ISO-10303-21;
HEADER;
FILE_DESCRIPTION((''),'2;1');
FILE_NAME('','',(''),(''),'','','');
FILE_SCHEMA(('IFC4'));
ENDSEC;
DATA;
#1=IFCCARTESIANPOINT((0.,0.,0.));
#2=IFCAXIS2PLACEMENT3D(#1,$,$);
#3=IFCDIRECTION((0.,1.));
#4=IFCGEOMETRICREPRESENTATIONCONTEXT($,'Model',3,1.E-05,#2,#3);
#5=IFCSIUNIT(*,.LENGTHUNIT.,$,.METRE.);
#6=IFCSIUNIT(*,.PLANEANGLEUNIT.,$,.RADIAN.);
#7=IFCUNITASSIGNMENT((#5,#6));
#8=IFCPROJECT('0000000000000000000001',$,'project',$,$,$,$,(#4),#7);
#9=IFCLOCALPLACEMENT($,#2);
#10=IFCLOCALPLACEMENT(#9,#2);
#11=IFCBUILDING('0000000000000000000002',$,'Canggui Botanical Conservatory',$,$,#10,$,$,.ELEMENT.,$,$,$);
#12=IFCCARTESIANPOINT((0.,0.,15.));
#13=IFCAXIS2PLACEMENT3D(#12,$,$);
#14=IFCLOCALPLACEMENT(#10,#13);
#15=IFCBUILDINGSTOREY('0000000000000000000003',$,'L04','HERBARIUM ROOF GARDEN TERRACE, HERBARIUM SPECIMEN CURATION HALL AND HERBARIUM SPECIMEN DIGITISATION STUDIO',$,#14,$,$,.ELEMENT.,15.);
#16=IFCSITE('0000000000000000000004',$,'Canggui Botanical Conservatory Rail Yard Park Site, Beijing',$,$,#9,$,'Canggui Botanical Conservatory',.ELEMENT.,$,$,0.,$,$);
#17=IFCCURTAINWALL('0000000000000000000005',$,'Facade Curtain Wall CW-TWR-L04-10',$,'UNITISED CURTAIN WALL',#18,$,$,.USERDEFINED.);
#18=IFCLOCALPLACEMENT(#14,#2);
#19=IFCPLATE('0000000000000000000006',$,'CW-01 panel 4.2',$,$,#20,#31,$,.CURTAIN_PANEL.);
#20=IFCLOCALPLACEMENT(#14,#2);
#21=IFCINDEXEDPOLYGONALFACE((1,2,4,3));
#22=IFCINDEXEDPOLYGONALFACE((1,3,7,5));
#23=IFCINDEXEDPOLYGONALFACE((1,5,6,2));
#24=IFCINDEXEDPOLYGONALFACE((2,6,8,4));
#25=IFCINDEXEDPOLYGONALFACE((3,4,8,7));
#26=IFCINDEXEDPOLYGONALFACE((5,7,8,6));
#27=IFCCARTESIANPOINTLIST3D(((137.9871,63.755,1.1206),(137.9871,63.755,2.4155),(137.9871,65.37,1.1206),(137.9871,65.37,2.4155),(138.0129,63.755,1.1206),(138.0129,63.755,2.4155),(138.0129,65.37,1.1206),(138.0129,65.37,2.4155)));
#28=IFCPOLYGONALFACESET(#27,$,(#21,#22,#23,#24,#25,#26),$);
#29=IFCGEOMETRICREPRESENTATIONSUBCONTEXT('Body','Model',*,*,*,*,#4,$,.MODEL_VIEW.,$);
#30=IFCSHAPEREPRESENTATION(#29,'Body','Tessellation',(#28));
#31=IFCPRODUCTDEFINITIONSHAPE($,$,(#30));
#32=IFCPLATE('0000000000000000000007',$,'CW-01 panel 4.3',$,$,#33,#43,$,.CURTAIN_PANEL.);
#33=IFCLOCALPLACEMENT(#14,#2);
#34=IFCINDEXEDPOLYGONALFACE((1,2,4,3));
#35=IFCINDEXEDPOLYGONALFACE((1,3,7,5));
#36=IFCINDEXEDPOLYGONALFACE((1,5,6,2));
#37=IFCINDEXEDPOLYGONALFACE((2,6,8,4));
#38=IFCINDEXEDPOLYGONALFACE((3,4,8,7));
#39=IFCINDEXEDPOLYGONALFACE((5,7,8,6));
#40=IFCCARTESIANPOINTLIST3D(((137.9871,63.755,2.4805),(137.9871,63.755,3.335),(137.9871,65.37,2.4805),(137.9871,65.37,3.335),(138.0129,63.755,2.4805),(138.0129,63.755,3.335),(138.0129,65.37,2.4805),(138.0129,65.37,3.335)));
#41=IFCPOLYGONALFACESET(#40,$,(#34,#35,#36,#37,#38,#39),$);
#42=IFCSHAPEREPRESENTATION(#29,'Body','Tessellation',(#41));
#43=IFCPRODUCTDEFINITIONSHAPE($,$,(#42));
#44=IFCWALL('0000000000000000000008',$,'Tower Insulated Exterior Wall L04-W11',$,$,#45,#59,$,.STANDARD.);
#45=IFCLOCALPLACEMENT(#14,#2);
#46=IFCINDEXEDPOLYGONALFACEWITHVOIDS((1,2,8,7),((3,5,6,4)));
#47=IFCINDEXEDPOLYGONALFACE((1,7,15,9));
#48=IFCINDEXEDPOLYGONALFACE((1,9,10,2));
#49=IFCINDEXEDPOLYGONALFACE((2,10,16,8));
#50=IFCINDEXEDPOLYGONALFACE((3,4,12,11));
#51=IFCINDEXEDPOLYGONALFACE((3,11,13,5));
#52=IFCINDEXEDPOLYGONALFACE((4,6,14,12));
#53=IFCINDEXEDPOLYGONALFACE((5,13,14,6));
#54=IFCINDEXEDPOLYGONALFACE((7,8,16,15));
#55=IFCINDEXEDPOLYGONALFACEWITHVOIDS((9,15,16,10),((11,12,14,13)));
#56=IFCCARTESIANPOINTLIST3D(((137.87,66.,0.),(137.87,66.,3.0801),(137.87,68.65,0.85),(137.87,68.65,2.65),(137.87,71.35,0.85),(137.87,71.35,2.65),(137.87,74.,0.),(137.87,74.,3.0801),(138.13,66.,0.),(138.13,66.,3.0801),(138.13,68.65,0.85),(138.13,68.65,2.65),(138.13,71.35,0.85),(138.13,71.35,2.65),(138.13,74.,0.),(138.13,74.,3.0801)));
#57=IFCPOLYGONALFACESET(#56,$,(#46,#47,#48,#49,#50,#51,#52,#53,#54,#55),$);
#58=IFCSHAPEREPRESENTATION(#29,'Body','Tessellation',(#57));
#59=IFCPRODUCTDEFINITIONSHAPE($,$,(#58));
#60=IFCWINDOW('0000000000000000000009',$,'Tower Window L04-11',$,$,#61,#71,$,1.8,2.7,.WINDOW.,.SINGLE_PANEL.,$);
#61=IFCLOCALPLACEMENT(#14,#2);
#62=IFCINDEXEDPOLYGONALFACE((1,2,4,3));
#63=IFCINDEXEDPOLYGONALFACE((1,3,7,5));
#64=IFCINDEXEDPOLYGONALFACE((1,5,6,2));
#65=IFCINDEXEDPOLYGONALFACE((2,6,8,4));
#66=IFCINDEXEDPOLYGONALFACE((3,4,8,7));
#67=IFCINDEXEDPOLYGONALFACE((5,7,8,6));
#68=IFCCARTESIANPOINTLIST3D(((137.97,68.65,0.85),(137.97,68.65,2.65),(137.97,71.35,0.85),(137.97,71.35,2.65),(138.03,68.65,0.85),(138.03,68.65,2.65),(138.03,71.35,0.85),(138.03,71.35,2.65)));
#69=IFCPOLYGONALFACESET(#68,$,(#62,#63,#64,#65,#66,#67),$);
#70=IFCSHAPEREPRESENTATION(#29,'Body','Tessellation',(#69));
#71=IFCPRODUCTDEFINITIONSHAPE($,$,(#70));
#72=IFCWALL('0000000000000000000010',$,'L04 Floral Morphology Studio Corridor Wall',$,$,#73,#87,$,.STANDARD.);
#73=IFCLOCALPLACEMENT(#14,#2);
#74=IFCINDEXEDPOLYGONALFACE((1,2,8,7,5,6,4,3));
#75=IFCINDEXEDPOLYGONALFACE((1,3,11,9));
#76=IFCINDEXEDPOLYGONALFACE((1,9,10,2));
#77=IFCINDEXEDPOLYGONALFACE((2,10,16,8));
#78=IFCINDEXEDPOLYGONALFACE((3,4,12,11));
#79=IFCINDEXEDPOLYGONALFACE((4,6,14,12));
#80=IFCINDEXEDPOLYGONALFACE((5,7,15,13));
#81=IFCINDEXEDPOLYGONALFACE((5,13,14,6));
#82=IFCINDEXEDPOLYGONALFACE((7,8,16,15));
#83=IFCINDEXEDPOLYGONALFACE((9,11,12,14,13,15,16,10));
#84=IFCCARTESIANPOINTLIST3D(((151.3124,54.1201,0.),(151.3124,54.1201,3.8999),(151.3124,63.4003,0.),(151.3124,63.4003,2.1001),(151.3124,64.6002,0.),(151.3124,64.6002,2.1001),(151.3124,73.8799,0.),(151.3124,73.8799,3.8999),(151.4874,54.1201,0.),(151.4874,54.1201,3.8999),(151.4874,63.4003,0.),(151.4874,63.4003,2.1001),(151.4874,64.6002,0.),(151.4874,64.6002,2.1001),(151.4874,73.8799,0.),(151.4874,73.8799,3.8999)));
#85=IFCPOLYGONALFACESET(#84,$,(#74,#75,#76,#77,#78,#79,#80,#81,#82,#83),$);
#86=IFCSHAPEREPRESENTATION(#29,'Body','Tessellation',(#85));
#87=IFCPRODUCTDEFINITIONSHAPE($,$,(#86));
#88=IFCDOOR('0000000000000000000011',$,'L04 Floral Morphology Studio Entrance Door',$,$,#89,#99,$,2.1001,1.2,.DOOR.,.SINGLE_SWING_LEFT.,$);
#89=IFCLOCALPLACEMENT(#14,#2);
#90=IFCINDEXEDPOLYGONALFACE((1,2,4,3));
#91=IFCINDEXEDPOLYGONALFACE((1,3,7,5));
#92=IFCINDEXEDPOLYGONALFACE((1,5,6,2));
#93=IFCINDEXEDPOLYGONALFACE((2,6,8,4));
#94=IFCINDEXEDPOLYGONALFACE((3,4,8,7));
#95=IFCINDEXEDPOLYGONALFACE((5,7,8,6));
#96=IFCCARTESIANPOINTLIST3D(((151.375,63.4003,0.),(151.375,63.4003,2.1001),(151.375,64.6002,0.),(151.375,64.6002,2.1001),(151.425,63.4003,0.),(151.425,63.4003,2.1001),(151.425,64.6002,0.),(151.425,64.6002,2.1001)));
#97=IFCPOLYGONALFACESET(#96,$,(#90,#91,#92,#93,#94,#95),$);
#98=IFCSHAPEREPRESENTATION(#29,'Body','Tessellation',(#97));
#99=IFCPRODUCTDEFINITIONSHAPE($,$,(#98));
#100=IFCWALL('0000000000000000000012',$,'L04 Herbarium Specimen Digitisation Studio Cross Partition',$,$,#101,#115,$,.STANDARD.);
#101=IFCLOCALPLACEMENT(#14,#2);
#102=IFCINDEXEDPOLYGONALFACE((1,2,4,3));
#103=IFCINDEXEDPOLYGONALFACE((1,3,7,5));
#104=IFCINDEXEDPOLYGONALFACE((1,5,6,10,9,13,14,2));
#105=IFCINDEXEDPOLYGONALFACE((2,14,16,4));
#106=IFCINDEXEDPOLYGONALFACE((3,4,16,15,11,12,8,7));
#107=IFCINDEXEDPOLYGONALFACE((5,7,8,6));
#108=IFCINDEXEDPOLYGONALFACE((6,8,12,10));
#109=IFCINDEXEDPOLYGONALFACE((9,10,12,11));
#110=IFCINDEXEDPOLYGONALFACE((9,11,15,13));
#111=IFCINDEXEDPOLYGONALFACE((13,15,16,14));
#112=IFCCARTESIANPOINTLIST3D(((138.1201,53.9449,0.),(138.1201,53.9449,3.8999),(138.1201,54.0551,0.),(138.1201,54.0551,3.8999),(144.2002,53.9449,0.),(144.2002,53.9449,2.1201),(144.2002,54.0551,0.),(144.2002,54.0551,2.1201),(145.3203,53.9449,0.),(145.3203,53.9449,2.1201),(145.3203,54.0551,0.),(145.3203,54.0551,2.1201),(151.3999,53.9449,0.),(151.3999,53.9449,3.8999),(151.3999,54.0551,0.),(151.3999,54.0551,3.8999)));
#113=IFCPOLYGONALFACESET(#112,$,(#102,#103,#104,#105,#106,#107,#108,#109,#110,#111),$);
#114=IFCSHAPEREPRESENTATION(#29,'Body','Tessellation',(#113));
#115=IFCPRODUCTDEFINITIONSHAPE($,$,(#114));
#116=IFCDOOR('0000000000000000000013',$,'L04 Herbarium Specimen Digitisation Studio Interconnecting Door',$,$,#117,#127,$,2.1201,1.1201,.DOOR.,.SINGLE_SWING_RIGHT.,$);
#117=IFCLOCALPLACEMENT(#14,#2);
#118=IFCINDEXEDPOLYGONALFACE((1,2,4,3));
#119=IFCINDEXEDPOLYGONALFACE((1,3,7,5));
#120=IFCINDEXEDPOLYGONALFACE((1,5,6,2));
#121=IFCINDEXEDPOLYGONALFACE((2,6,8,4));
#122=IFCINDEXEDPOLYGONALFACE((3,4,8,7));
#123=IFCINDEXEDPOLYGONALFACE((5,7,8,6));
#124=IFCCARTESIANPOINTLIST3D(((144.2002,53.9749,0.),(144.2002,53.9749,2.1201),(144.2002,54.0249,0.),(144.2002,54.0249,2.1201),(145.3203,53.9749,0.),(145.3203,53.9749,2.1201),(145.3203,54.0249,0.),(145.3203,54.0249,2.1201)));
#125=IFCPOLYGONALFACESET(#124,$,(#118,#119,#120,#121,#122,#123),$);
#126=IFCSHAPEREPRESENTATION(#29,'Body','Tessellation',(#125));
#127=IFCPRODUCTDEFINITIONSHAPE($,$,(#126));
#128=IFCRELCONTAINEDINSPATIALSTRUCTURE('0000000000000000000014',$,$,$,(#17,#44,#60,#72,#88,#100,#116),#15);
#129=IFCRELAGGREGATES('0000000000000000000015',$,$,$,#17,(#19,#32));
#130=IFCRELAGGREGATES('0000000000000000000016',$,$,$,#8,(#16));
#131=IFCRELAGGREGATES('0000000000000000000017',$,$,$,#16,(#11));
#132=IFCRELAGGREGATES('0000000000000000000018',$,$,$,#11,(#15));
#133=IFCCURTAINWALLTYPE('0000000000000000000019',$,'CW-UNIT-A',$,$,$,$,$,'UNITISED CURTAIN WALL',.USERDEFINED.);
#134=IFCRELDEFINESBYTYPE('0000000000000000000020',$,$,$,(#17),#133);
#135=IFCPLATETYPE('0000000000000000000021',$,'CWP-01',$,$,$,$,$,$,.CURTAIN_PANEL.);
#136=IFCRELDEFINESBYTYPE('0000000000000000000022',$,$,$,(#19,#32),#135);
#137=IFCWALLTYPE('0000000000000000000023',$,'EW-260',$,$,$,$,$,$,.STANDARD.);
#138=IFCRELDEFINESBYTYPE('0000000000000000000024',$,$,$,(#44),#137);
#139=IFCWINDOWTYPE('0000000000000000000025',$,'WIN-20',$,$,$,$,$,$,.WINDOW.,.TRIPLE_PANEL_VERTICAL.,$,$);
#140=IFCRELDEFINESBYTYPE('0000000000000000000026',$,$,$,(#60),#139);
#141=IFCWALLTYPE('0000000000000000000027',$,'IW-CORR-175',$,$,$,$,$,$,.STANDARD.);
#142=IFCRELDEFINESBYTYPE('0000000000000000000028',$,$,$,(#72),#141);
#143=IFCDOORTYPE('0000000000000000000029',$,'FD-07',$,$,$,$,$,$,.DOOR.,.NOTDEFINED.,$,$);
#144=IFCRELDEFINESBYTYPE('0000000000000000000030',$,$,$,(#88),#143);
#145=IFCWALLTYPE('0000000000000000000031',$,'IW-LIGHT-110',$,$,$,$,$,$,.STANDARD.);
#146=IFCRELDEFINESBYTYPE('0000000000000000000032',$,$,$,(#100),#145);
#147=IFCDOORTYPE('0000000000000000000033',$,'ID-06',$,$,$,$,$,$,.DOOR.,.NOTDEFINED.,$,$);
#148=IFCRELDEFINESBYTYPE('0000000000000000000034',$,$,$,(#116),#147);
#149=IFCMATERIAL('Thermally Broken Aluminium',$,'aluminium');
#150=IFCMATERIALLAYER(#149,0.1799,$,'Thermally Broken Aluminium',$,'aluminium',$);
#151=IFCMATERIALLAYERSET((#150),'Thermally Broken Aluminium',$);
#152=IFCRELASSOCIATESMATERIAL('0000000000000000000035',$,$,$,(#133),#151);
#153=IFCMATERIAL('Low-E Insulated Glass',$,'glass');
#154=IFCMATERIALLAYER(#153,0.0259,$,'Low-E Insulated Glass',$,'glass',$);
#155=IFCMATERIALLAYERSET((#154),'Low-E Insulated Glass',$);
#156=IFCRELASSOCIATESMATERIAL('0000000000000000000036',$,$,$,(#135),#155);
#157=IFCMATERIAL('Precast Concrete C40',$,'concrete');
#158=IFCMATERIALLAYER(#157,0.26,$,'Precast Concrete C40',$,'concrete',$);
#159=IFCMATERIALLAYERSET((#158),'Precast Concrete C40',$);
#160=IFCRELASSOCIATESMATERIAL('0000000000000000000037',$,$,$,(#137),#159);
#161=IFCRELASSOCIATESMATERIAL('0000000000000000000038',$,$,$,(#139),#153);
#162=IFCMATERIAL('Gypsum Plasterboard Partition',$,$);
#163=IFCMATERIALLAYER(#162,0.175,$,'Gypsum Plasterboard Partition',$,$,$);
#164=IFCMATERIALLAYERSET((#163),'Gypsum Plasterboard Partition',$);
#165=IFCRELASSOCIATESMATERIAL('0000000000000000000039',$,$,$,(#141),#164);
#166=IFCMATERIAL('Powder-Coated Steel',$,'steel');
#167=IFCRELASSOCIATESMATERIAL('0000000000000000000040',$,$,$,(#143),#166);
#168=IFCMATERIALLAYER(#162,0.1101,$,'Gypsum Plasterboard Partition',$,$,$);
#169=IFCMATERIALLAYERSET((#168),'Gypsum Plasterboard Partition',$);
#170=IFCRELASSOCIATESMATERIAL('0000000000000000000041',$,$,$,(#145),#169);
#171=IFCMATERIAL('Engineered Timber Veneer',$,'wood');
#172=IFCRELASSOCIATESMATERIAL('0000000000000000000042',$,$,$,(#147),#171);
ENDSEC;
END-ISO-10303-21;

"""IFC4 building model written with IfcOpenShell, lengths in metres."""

from ifc_helpers import new_model, si_unit, direction, frame, frame_2d, origin, origin_2d, place, context, subcontext, project, spatial, rectangle, extrude, material, layer, layer_set, type_object, element, fill, aggregate, save


model = new_model("IFC4")

# Units and contexts
model_context = context("Model", 3, precision=1e-05, world=origin(), true_north=direction((0.0, 1.0)))
body_context = subcontext(model_context, "Body", "Model", "MODEL_VIEW")
ifc_project = project(units=[si_unit("LENGTHUNIT", "METRE"), si_unit("PLANEANGLEUNIT", "RADIAN")], contexts=[model_context])

# Site, building, storey
site_placement = place(None, origin())
site = spatial("IfcSite", under=ifc_project, at=site_placement, Name="Canggui Botanical Conservatory Rail Yard Park Site, Beijing", LongName="Canggui Botanical Conservatory", CompositionType="ELEMENT", RefElevation=0.0)
building_placement = place(site_placement, origin())
building = spatial("IfcBuilding", under=site, at=building_placement, Name="Canggui Botanical Conservatory", CompositionType="ELEMENT")
storey_placement = place(building_placement, frame((0.0, 0.0, 15.0)))
storey = spatial("IfcBuildingStorey", under=building, at=storey_placement, Name="L04", Description="HERBARIUM ROOF GARDEN TERRACE, HERBARIUM SPECIMEN CURATION HALL AND HERBARIUM SPECIMEN DIGITISATION STUDIO", CompositionType="ELEMENT", Elevation=15.0)

# Curtain wall, plates
ifc_material_1 = material(Name="Thermally Broken Aluminium", Category="aluminium")
ifc_layer_1 = layer(ifc_material_1, 0.1799, Name="Thermally Broken Aluminium", Category="aluminium")
ifc_layer_set_1 = layer_set([ifc_layer_1], Name="Thermally Broken Aluminium")
curtain_wall_type = type_object("IfcCurtainWallType", Name="CW-UNIT-A", ElementType="UNITISED CURTAIN WALL", PredefinedType="USERDEFINED", material=ifc_layer_set_1)
curtain_wall_placement = place(storey_placement, origin())
curtain_wall = element("IfcCurtainWall", 1, at=curtain_wall_placement, inside=storey, type_object=curtain_wall_type, Name="Facade Curtain Wall CW-TWR-L04-10", ObjectType="UNITISED CURTAIN WALL", PredefinedType="USERDEFINED")
ifc_material_2 = material(Name="Low-E Insulated Glass", Category="glass")
ifc_layer_2 = layer(ifc_material_2, 0.0259, Name="Low-E Insulated Glass", Category="glass")
ifc_layer_set_2 = layer_set([ifc_layer_2], Name="Low-E Insulated Glass")
plate_type = type_object("IfcPlateType", Name="CWP-01", PredefinedType="CURTAIN_PANEL", material=ifc_layer_set_2)
plate_1_placement = place(storey_placement, frame((138.0, 64.5625, 1.1206), z_axis=(0.0, 0.0, 1.0), x_axis=(0.0, 1.0, 0.0)))
plate_1 = element("IfcPlate", 2, at=plate_1_placement, type_object=plate_type, Name="CW-01 panel 4.2", PredefinedType="CURTAIN_PANEL", context=body_context, shape_type="SweptSolid", body=[
    extrude(rectangle(XDim=1.615, YDim=0.0259, at=origin_2d()), origin(), (0.0, 0.0, 1.0), 1.2949),
])
plate_2_placement = place(storey_placement, frame((138.0, 64.5625, 2.4805), z_axis=(0.0, 0.0, 1.0), x_axis=(0.0, 1.0, 0.0)))
plate_2 = element("IfcPlate", 3, at=plate_2_placement, type_object=plate_type, Name="CW-01 panel 4.3", PredefinedType="CURTAIN_PANEL", context=body_context, shape_type="SweptSolid", body=[
    extrude(rectangle(XDim=1.615, YDim=0.0259, at=origin_2d()), origin(), (0.0, 0.0, 1.0), 0.8545),
])
aggregate(curtain_wall, [plate_1, plate_2])

# Wall, opening, window
ifc_material_3 = material(Name="Precast Concrete C40", Category="concrete")
ifc_layer_3 = layer(ifc_material_3, 0.26, Name="Precast Concrete C40", Category="concrete")
ifc_layer_set_3 = layer_set([ifc_layer_3], Name="Precast Concrete C40")
wall_type_1 = type_object("IfcWallType", Name="EW-260", PredefinedType="STANDARD", material=ifc_layer_set_3)
wall_1_placement = place(storey_placement, frame((138.0, 66.0, 0.0), z_axis=(0.0, 0.0, 1.0), x_axis=(0.0, 1.0, 0.0)))
wall_1 = element("IfcWall", 4, at=wall_1_placement, inside=storey, type_object=wall_type_1, Name="Tower Insulated Exterior Wall L04-W11", PredefinedType="STANDARD", context=body_context, shape_type="SweptSolid", body=[
    extrude(rectangle(XDim=8.0, YDim=0.26, at=frame_2d((4.0, 0.0))), origin(), (0.0, 0.0, 1.0), 3.0801),
])
opening_1_placement = place(wall_1_placement, frame((2.6499, 0.0, 0.8501)))
opening_1 = element("IfcOpeningElement", 5, at=opening_1_placement, cuts=wall_1, PredefinedType="OPENING", context=body_context, shape_type="SweptSolid", body=[
    extrude(rectangle(XDim=2.7, YDim=1.8, at=frame_2d((1.3501, 0.8999))), frame((0.0, 0.1401, 0.0), z_axis=(0.0, -1.0, 0.0), x_axis=(1.0, 0.0, 0.0)), (0.0, 0.0, 1.0), 0.28),
])
window_type = type_object("IfcWindowType", Name="WIN-20", PartitioningType="TRIPLE_PANEL_VERTICAL", PredefinedType="WINDOW", material=ifc_material_2)
window_placement = place(opening_1_placement, origin())
window = element("IfcWindow", 6, at=window_placement, inside=storey, type_object=window_type, Name="Tower Window L04-11", OverallHeight=1.8, OverallWidth=2.7, PartitioningType="SINGLE_PANEL", PredefinedType="WINDOW", context=body_context, shape_type="SweptSolid", body=[
    extrude(rectangle(XDim=2.7, YDim=1.8, at=frame_2d((1.3501, 0.8999))), frame((0.0, 0.03, 0.0), z_axis=(0.0, -1.0, 0.0), x_axis=(1.0, 0.0, 0.0)), (0.0, 0.0, 1.0), 0.0601),
])
fill(opening_1, window)

# Walls, openings, doors
ifc_material_4 = material(Name="Gypsum Plasterboard Partition")
ifc_layer_4 = layer(ifc_material_4, 0.175, Name="Gypsum Plasterboard Partition")
ifc_layer_set_4 = layer_set([ifc_layer_4], Name="Gypsum Plasterboard Partition")
wall_type_2 = type_object("IfcWallType", Name="IW-CORR-175", PredefinedType="STANDARD", material=ifc_layer_set_4)
wall_2_placement = place(storey_placement, frame((151.3999, 54.1201, 0.0), z_axis=(0.0, 0.0, 1.0), x_axis=(0.0, 1.0, 0.0)))
wall_2 = element("IfcWall", 7, at=wall_2_placement, inside=storey, type_object=wall_type_2, Name="L04 Floral Morphology Studio Corridor Wall", PredefinedType="STANDARD", context=body_context, shape_type="SweptSolid", body=[
    extrude(rectangle(XDim=19.7598, YDim=0.175, at=frame_2d((9.8799, 0.0))), origin(), (0.0, 0.0, 1.0), 3.8999),
])
opening_2_placement = place(wall_2_placement, frame((9.28, 0.0, 0.0)))
opening_2 = element("IfcOpeningElement", 8, at=opening_2_placement, cuts=wall_2, PredefinedType="OPENING", context=body_context, shape_type="SweptSolid", body=[
    extrude(rectangle(XDim=1.2, YDim=2.1001, at=frame_2d((0.6001, 1.05))), frame((0.0, 0.0977, 0.0), z_axis=(0.0, -1.0, 0.0), x_axis=(1.0, 0.0, 0.0)), (0.0, 0.0, 1.0), 0.1951),
])
ifc_material_5 = material(Name="Powder-Coated Steel", Category="steel")
door_type_1 = type_object("IfcDoorType", Name="FD-07", OperationType="NOTDEFINED", PredefinedType="DOOR", material=ifc_material_5)
door_1_placement = place(opening_2_placement, origin())
door_1 = element("IfcDoor", 9, at=door_1_placement, inside=storey, type_object=door_type_1, Name="L04 Floral Morphology Studio Entrance Door", OperationType="SINGLE_SWING_LEFT", OverallHeight=2.1001, OverallWidth=1.2, PredefinedType="DOOR", context=body_context, shape_type="SweptSolid", body=[
    extrude(rectangle(XDim=1.2, YDim=2.1001, at=frame_2d((0.6001, 1.05))), frame((0.0, 0.0249, 0.0), z_axis=(0.0, -1.0, 0.0), x_axis=(1.0, 0.0, 0.0)), (0.0, 0.0, 1.0), 0.05),
])
fill(opening_2, door_1)
ifc_layer_5 = layer(ifc_material_4, 0.1101, Name="Gypsum Plasterboard Partition")
ifc_layer_set_5 = layer_set([ifc_layer_5], Name="Gypsum Plasterboard Partition")
wall_type_3 = type_object("IfcWallType", Name="IW-LIGHT-110", PredefinedType="STANDARD", material=ifc_layer_set_5)
wall_3_placement = place(storey_placement, frame((138.1201, 54.0, 0.0), z_axis=(0.0, 0.0, 1.0), x_axis=(1.0, 0.0, 0.0)))
wall_3 = element("IfcWall", 10, at=wall_3_placement, inside=storey, type_object=wall_type_3, Name="L04 Herbarium Specimen Digitisation Studio Cross Partition", PredefinedType="STANDARD", context=body_context, shape_type="SweptSolid", body=[
    extrude(rectangle(XDim=13.2798, YDim=0.1101, at=frame_2d((6.6399, 0.0))), origin(), (0.0, 0.0, 1.0), 3.8999),
])
opening_3_placement = place(wall_3_placement, frame((6.0801, 0.0, 0.0)))
opening_3 = element("IfcOpeningElement", 11, at=opening_3_placement, cuts=wall_3, PredefinedType="OPENING", context=body_context, shape_type="SweptSolid", body=[
    extrude(rectangle(XDim=1.1201, YDim=2.1201, at=frame_2d((0.5601, 1.0601))), frame((0.0, 0.0649, 0.0), z_axis=(0.0, -1.0, 0.0), x_axis=(1.0, 0.0, 0.0)), (0.0, 0.0, 1.0), 0.1301),
])
ifc_material_6 = material(Name="Engineered Timber Veneer", Category="wood")
door_type_2 = type_object("IfcDoorType", Name="ID-06", OperationType="NOTDEFINED", PredefinedType="DOOR", material=ifc_material_6)
door_2_placement = place(opening_3_placement, origin())
door_2 = element("IfcDoor", 12, at=door_2_placement, inside=storey, type_object=door_type_2, Name="L04 Herbarium Specimen Digitisation Studio Interconnecting Door", OperationType="SINGLE_SWING_RIGHT", OverallHeight=2.1201, OverallWidth=1.1201, PredefinedType="DOOR", context=body_context, shape_type="SweptSolid", body=[
    extrude(rectangle(XDim=1.1201, YDim=2.1201, at=frame_2d((0.5601, 1.0601))), frame((0.0, 0.0249, 0.0), z_axis=(0.0, -1.0, 0.0), x_axis=(1.0, 0.0, 0.0)), (0.0, 0.0, 1.0), 0.05),
])
fill(opening_3, door_2)

save(model, "model.ifc")
